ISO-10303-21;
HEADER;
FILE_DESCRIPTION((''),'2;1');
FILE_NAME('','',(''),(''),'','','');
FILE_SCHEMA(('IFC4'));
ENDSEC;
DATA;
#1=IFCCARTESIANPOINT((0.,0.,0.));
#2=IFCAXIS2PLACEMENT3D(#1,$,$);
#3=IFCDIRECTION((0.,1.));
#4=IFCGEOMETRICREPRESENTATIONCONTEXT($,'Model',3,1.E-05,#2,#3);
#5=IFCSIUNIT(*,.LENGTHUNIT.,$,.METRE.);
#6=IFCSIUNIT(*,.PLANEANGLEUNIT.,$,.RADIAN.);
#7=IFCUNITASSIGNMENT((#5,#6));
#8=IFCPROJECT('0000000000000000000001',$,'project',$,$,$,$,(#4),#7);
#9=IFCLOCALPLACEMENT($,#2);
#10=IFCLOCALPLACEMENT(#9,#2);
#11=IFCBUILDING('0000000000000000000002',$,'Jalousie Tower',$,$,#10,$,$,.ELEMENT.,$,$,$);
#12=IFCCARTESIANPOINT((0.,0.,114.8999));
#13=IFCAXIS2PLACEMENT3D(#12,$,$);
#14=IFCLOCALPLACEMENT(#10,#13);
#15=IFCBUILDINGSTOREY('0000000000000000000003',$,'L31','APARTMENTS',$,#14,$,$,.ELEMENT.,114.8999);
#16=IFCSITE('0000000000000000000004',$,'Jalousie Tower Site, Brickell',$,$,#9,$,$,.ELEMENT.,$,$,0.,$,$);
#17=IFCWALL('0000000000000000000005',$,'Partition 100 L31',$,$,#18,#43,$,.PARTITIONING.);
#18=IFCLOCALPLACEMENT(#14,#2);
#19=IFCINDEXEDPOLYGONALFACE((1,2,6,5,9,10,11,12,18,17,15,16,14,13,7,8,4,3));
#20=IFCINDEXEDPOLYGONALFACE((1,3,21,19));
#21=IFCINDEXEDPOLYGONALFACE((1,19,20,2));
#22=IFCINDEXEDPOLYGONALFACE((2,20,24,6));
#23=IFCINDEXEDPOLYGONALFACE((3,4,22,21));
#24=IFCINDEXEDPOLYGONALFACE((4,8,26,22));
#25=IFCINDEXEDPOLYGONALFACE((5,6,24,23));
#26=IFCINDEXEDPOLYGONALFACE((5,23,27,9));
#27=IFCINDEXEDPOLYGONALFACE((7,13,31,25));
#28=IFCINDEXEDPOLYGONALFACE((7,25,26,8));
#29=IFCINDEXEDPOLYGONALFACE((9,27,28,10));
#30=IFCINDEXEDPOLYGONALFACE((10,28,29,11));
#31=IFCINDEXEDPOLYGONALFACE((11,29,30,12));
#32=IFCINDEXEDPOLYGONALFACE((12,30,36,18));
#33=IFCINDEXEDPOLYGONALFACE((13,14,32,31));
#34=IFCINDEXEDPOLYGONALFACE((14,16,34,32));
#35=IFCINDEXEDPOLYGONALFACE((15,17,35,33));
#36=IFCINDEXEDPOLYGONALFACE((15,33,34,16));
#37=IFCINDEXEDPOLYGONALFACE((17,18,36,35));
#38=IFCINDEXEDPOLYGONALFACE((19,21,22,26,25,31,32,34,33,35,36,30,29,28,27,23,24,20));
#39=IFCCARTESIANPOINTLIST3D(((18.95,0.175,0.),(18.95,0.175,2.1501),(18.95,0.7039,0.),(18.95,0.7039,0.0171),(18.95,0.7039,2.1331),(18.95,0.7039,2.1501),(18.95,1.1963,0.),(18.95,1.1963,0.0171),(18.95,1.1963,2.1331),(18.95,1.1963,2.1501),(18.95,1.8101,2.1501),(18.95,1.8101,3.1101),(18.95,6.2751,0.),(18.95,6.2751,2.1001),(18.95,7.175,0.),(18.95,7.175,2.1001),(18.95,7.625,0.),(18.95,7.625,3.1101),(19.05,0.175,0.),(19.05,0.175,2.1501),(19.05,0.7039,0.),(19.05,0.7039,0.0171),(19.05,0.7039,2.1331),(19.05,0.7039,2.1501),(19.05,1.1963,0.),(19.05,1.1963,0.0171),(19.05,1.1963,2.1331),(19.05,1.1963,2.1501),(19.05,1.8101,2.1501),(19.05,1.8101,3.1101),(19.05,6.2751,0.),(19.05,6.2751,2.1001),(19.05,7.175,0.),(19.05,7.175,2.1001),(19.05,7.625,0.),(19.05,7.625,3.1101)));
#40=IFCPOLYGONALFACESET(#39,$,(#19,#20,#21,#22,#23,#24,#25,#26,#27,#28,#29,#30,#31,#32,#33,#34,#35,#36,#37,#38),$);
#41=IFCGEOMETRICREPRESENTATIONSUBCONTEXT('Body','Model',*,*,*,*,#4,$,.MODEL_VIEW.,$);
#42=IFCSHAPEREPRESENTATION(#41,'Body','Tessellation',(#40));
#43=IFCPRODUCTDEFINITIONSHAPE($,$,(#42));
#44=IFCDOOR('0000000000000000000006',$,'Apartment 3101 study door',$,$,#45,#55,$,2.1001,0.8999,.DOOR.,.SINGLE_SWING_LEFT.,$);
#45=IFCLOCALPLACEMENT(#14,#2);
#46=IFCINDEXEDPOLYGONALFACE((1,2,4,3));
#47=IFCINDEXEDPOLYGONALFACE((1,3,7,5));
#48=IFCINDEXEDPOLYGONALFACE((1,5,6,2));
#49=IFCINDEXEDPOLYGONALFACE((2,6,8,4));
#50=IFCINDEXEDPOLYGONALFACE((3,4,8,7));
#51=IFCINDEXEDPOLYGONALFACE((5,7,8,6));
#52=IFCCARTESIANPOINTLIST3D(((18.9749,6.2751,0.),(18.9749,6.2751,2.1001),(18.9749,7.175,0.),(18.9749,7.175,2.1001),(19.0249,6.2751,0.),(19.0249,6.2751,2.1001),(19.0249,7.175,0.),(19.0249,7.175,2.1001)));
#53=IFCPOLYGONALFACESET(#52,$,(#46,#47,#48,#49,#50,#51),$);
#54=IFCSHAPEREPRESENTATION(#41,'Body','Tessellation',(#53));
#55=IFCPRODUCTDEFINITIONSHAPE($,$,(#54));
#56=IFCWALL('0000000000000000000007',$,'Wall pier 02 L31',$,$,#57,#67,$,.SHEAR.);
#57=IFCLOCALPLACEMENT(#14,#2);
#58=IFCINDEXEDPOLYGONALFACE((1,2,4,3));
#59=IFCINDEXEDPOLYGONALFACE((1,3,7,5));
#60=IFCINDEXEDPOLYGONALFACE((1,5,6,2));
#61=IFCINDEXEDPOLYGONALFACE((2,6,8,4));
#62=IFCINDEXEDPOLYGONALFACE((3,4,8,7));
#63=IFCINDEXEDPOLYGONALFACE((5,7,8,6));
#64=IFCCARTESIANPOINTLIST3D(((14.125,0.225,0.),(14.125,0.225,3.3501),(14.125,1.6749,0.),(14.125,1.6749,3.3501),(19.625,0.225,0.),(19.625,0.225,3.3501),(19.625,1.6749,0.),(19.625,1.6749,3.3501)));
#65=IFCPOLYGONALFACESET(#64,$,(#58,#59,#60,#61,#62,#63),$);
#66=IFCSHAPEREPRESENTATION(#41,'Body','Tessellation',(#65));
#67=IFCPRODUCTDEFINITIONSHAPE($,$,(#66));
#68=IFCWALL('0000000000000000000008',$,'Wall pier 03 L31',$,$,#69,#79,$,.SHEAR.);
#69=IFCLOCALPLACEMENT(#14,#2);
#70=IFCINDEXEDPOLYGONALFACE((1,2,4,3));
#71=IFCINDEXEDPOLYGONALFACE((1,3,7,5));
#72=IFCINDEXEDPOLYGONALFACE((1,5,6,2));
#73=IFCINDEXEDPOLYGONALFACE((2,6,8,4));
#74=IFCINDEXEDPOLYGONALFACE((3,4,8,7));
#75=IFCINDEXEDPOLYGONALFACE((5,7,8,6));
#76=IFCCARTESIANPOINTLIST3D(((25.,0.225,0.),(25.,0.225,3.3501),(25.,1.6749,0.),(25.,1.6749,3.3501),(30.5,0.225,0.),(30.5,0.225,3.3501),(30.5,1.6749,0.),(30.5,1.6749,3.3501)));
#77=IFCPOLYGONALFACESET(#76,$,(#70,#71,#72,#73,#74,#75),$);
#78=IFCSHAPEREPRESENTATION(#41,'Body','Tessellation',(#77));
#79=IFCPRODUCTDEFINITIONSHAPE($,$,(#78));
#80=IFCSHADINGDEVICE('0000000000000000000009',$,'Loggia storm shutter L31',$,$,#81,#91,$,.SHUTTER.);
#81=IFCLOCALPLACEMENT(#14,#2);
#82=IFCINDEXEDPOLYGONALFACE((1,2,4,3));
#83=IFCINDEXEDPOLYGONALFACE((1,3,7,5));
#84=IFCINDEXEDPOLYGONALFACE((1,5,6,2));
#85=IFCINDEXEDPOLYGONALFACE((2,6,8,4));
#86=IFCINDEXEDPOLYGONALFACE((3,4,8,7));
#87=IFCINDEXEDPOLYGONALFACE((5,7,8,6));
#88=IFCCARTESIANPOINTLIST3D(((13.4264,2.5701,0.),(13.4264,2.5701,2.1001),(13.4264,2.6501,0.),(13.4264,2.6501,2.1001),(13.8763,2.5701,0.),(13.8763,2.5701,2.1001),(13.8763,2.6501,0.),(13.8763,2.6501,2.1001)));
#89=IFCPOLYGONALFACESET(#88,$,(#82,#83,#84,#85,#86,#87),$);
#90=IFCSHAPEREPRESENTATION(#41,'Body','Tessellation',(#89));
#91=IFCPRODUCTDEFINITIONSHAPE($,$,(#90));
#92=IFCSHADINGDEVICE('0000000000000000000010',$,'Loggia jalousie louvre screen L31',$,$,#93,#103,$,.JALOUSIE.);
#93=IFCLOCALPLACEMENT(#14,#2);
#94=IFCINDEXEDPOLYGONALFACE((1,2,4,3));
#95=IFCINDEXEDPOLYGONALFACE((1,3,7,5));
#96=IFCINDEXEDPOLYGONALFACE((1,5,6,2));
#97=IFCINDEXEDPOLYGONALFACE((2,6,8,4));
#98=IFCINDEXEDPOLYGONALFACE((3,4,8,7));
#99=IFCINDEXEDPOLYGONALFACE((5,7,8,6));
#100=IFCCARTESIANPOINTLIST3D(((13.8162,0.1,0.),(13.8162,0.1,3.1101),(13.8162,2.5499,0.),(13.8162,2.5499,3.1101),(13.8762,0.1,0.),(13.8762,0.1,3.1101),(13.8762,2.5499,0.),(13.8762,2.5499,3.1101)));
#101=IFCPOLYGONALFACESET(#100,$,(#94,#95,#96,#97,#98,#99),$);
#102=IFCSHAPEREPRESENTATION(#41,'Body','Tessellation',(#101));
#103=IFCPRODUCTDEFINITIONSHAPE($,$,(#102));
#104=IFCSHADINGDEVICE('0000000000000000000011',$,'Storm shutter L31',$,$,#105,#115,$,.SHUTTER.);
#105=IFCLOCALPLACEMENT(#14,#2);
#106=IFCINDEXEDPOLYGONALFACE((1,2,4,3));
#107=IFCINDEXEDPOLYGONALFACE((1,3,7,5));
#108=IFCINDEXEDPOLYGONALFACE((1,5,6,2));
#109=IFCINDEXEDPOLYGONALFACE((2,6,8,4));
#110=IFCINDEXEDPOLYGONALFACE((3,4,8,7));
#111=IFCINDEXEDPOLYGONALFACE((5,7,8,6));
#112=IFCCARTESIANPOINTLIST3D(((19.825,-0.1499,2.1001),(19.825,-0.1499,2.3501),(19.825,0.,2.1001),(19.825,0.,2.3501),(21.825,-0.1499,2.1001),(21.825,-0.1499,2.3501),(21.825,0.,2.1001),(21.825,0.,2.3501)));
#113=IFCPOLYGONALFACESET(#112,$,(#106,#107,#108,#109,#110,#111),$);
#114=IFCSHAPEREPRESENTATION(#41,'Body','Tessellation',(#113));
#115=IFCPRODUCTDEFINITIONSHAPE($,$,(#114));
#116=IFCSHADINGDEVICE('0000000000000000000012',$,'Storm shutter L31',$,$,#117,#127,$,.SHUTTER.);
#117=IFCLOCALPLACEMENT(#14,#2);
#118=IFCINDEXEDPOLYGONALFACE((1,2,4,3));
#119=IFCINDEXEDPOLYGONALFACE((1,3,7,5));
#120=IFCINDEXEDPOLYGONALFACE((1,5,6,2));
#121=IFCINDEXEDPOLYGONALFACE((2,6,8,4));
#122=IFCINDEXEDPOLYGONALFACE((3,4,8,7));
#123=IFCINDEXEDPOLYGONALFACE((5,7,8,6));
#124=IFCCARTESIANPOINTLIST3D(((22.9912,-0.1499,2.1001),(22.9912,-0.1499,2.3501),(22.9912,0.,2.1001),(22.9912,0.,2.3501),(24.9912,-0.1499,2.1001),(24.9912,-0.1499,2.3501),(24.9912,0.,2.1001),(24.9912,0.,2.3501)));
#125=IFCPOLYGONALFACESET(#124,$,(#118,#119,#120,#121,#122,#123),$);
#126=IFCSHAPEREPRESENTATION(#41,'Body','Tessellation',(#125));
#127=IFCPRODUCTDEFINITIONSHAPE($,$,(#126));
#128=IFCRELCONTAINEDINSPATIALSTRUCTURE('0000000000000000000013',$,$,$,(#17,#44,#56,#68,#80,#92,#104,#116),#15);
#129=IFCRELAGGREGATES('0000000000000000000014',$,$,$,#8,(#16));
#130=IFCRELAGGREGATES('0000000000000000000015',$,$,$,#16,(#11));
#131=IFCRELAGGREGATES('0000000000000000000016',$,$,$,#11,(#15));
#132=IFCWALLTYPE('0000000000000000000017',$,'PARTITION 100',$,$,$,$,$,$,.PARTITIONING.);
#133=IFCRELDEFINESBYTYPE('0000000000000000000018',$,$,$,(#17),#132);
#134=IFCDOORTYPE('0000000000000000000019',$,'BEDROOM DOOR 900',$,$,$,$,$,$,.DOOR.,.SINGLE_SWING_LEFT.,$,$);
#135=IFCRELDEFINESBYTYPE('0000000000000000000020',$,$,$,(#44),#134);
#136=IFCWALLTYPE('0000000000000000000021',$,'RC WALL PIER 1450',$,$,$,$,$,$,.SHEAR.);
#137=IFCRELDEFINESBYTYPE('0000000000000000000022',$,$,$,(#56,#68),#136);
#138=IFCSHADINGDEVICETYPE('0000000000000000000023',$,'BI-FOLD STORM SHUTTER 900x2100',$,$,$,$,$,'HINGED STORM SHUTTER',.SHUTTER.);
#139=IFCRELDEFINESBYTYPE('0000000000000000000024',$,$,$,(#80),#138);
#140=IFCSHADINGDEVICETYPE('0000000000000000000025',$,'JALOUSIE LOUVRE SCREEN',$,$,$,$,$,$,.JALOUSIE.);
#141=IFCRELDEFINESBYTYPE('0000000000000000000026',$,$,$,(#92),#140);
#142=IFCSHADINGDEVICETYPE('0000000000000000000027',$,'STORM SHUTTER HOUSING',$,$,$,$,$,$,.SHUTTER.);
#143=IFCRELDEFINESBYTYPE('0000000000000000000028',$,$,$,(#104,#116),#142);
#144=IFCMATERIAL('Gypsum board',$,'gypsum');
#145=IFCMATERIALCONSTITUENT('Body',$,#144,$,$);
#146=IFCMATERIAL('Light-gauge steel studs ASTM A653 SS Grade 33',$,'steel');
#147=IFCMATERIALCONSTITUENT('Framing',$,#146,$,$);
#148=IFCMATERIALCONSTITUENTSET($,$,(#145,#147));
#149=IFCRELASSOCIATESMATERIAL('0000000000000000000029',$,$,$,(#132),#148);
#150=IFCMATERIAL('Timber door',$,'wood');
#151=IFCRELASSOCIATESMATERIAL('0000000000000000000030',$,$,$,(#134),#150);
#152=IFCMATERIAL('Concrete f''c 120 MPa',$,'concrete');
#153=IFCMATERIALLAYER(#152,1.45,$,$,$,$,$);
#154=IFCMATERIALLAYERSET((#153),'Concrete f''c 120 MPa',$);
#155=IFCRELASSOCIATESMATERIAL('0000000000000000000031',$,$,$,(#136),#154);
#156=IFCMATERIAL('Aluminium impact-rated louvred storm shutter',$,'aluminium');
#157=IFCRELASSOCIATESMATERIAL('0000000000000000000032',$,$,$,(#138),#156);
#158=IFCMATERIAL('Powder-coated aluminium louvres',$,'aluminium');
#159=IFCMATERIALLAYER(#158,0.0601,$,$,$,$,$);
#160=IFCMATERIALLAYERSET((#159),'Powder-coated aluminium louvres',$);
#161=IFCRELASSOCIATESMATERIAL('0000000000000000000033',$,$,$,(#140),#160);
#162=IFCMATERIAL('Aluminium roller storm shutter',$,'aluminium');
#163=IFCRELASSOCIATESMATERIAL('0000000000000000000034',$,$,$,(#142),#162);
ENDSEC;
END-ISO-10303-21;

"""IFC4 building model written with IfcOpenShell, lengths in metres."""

from ifc_helpers import new_model, si_unit, direction, frame, frame_2d, origin, origin_2d, place, context, subcontext, project, spatial, polyline, rectangle, outline, extrude, material, layer, layer_set, constituent, constituent_set, type_object, element, fill, save


model = new_model("IFC4")

# Units and contexts
model_context = context("Model", 3, precision=1e-05, world=origin(), true_north=direction((0.0, 1.0)))
body_context = subcontext(model_context, "Body", "Model", "MODEL_VIEW")
ifc_project = project(units=[si_unit("LENGTHUNIT", "METRE"), si_unit("PLANEANGLEUNIT", "RADIAN")], contexts=[model_context])

# Site, building, storey
site_placement = place(None, origin())
site = spatial("IfcSite", under=ifc_project, at=site_placement, Name="Jalousie Tower Site, Brickell", CompositionType="ELEMENT", RefElevation=0.0)
building_placement = place(site_placement, origin())
building = spatial("IfcBuilding", under=site, at=building_placement, Name="Jalousie Tower", CompositionType="ELEMENT")
storey_placement = place(building_placement, frame((0.0, 0.0, 114.8999)))
storey = spatial("IfcBuildingStorey", under=building, at=storey_placement, Name="L31", Description="APARTMENTS", CompositionType="ELEMENT", Elevation=114.8999)

# Wall, opening, door
ifc_material_1 = material(Name="Gypsum board", Category="gypsum")
ifc_constituent_1 = constituent(ifc_material_1, Name="Body")
ifc_material_2 = material(Name="Light-gauge steel studs ASTM A653 SS Grade 33", Category="steel")
ifc_constituent_2 = constituent(ifc_material_2, Name="Framing")
ifc_constituent_set_1 = constituent_set(constituents=[ifc_constituent_1, ifc_constituent_2])
wall_type_1 = type_object("IfcWallType", Name="PARTITION 100", PredefinedType="PARTITIONING", material=ifc_constituent_set_1)
ifc_material_3 = material(Name="Timber door", Category="wood")
door_type = type_object("IfcDoorType", Name="BEDROOM DOOR 900", OperationType="SINGLE_SWING_LEFT", PredefinedType="DOOR", material=ifc_material_3)
wall_1_placement = place(storey_placement, frame((19.0, 0.175, 0.0), z_axis=(0.0, 0.0, 1.0), x_axis=(0.0, 1.0, 0.0)))
wall_1 = element("IfcWall", 1, at=wall_1_placement, inside=storey, type_object=wall_type_1, Name="Partition 100 L31", PredefinedType="PARTITIONING", context=body_context, shape_type="SweptSolid", body=[
    extrude(outline(polyline([(0.5288, 2.1501), (0.0, 2.1501), (0.0, 0.0), (0.5288, 0.0), (0.5288, 0.0171), (1.0212, 0.0171), (1.0212, 0.0), (7.45, 0.0), (7.45, 3.1101), (1.635, 3.1101), (1.635, 2.1501), (1.0212, 2.1501), (1.0212, 2.1331), (0.5288, 2.1331), (0.5288, 2.1501)])), frame((0.0, 0.05, 0.0), z_axis=(0.0, -1.0, 0.0), x_axis=(1.0, 0.0, 0.0)), (0.0, 0.0, 1.0), 0.1001),
])
opening_1_placement = place(wall_1_placement, frame((6.1001, 0.0, 0.0)))
opening_1 = element("IfcOpeningElement", 2, at=opening_1_placement, cuts=wall_1, PredefinedType="OPENING", context=body_context, shape_type="SweptSolid", body=[
    extrude(rectangle(XDim=0.8999, YDim=2.1001, at=frame_2d((0.45, 1.05))), frame((0.0, 0.0601, 0.0), z_axis=(0.0, -1.0, 0.0), x_axis=(1.0, 0.0, 0.0)), (0.0, 0.0, 1.0), 0.1201),
])
door_1_placement = place(opening_1_placement, frame((0.8999, 0.0, 0.0), z_axis=(0.0, 0.0, 1.0), x_axis=(-1.0, 0.0, 0.0)))
door_1 = element("IfcDoor", 3, at=door_1_placement, inside=storey, type_object=door_type, Name="Apartment 3101 study door", OperationType="SINGLE_SWING_LEFT", OverallHeight=2.1001, OverallWidth=0.8999, PredefinedType="DOOR", context=body_context, shape_type="SweptSolid", body=[
    extrude(rectangle(XDim=0.8999, YDim=2.1001, at=frame_2d((0.45, 1.05))), frame((0.0, 0.0249, 0.0), z_axis=(0.0, -1.0, 0.0), x_axis=(1.0, 0.0, 0.0)), (0.0, 0.0, 1.0), 0.05),
])
fill(opening_1, door_1)

# Walls
ifc_material_4 = material(Name="Concrete f'c 120 MPa", Category="concrete")
ifc_layer_1 = layer(ifc_material_4, 1.45)
ifc_layer_set_1 = layer_set([ifc_layer_1], Name="Concrete f'c 120 MPa")
wall_type_2 = type_object("IfcWallType", Name="RC WALL PIER 1450", PredefinedType="SHEAR", material=ifc_layer_set_1)
for number, where, z_axis, x_axis, name in (
    (4, (14.125, 0.95, 0.0), (0.0, 0.0, 1.0), (1.0, 0.0, 0.0), "Wall pier 02 L31"),
    (5, (25.0, 0.95, 0.0), (0.0, 0.0, 1.0), (1.0, 0.0, 0.0), "Wall pier 03 L31"),
):
    element("IfcWall", number, at=place(storey_placement, frame(where, z_axis=z_axis, x_axis=x_axis)), inside=storey, type_object=wall_type_2, Name=name, PredefinedType="SHEAR", context=body_context, shape_type="SweptSolid", body=[
        extrude(rectangle(XDim=5.5, YDim=1.45, at=frame_2d((2.75, 0.0))), origin(), (0.0, 0.0, 1.0), 3.3501),
    ])

# Shading devices
ifc_material_5 = material(Name="Aluminium impact-rated louvred storm shutter", Category="aluminium")
shading_device_type_1 = type_object("IfcShadingDeviceType", Name="BI-FOLD STORM SHUTTER 900x2100", ElementType="HINGED STORM SHUTTER", PredefinedType="SHUTTER", material=ifc_material_5)
shading_device_1_placement = place(storey_placement, frame((13.6514, 2.6101, 0.0), z_axis=(0.0, 0.0, 1.0), x_axis=(1.0, 0.0, 0.0)))
element("IfcShadingDevice", 6, at=shading_device_1_placement, inside=storey, type_object=shading_device_type_1, Name="Loggia storm shutter L31", PredefinedType="SHUTTER", context=body_context, shape_type="SweptSolid", body=[
    extrude(rectangle(XDim=0.45, YDim=0.0801, at=origin_2d()), origin(), (0.0, 0.0, 1.0), 2.1001),
])
ifc_material_6 = material(Name="Powder-coated aluminium louvres", Category="aluminium")
ifc_layer_2 = layer(ifc_material_6, 0.0601)
ifc_layer_set_2 = layer_set([ifc_layer_2], Name="Powder-coated aluminium louvres")
shading_device_type_2 = type_object("IfcShadingDeviceType", Name="JALOUSIE LOUVRE SCREEN", PredefinedType="JALOUSIE", material=ifc_layer_set_2)
shading_device_2_placement = place(storey_placement, frame((13.8462, 1.325, 0.0), z_axis=(0.0, 0.0, 1.0), x_axis=(1.0, 0.0, 0.0)))
element("IfcShadingDevice", 7, at=shading_device_2_placement, inside=storey, type_object=shading_device_type_2, Name="Loggia jalousie louvre screen L31", PredefinedType="JALOUSIE", context=body_context, shape_type="SweptSolid", body=[
    extrude(rectangle(XDim=0.0601, YDim=2.45, at=origin_2d()), origin(), (0.0, 0.0, 1.0), 3.1101),
])
ifc_material_7 = material(Name="Aluminium roller storm shutter", Category="aluminium")
shading_device_type_3 = type_object("IfcShadingDeviceType", Name="STORM SHUTTER HOUSING", PredefinedType="SHUTTER", material=ifc_material_7)
for number, where, z_axis, x_axis, name in (
    (8, (20.825, -0.075, 2.1001), (0.0, 0.0, 1.0), (1.0, 0.0, 0.0), "Storm shutter L31"),
    (9, (23.9912, -0.075, 2.1001), (0.0, 0.0, 1.0), (1.0, 0.0, 0.0), "Storm shutter L31"),
):
    element("IfcShadingDevice", number, at=place(storey_placement, frame(where, z_axis=z_axis, x_axis=x_axis)), inside=storey, type_object=shading_device_type_3, Name=name, PredefinedType="SHUTTER", context=body_context, shape_type="SweptSolid", body=[
        extrude(rectangle(XDim=2.0, YDim=0.1499, at=origin_2d()), origin(), (0.0, 0.0, 1.0), 0.25),
    ])

save(model, "model.ifc")
